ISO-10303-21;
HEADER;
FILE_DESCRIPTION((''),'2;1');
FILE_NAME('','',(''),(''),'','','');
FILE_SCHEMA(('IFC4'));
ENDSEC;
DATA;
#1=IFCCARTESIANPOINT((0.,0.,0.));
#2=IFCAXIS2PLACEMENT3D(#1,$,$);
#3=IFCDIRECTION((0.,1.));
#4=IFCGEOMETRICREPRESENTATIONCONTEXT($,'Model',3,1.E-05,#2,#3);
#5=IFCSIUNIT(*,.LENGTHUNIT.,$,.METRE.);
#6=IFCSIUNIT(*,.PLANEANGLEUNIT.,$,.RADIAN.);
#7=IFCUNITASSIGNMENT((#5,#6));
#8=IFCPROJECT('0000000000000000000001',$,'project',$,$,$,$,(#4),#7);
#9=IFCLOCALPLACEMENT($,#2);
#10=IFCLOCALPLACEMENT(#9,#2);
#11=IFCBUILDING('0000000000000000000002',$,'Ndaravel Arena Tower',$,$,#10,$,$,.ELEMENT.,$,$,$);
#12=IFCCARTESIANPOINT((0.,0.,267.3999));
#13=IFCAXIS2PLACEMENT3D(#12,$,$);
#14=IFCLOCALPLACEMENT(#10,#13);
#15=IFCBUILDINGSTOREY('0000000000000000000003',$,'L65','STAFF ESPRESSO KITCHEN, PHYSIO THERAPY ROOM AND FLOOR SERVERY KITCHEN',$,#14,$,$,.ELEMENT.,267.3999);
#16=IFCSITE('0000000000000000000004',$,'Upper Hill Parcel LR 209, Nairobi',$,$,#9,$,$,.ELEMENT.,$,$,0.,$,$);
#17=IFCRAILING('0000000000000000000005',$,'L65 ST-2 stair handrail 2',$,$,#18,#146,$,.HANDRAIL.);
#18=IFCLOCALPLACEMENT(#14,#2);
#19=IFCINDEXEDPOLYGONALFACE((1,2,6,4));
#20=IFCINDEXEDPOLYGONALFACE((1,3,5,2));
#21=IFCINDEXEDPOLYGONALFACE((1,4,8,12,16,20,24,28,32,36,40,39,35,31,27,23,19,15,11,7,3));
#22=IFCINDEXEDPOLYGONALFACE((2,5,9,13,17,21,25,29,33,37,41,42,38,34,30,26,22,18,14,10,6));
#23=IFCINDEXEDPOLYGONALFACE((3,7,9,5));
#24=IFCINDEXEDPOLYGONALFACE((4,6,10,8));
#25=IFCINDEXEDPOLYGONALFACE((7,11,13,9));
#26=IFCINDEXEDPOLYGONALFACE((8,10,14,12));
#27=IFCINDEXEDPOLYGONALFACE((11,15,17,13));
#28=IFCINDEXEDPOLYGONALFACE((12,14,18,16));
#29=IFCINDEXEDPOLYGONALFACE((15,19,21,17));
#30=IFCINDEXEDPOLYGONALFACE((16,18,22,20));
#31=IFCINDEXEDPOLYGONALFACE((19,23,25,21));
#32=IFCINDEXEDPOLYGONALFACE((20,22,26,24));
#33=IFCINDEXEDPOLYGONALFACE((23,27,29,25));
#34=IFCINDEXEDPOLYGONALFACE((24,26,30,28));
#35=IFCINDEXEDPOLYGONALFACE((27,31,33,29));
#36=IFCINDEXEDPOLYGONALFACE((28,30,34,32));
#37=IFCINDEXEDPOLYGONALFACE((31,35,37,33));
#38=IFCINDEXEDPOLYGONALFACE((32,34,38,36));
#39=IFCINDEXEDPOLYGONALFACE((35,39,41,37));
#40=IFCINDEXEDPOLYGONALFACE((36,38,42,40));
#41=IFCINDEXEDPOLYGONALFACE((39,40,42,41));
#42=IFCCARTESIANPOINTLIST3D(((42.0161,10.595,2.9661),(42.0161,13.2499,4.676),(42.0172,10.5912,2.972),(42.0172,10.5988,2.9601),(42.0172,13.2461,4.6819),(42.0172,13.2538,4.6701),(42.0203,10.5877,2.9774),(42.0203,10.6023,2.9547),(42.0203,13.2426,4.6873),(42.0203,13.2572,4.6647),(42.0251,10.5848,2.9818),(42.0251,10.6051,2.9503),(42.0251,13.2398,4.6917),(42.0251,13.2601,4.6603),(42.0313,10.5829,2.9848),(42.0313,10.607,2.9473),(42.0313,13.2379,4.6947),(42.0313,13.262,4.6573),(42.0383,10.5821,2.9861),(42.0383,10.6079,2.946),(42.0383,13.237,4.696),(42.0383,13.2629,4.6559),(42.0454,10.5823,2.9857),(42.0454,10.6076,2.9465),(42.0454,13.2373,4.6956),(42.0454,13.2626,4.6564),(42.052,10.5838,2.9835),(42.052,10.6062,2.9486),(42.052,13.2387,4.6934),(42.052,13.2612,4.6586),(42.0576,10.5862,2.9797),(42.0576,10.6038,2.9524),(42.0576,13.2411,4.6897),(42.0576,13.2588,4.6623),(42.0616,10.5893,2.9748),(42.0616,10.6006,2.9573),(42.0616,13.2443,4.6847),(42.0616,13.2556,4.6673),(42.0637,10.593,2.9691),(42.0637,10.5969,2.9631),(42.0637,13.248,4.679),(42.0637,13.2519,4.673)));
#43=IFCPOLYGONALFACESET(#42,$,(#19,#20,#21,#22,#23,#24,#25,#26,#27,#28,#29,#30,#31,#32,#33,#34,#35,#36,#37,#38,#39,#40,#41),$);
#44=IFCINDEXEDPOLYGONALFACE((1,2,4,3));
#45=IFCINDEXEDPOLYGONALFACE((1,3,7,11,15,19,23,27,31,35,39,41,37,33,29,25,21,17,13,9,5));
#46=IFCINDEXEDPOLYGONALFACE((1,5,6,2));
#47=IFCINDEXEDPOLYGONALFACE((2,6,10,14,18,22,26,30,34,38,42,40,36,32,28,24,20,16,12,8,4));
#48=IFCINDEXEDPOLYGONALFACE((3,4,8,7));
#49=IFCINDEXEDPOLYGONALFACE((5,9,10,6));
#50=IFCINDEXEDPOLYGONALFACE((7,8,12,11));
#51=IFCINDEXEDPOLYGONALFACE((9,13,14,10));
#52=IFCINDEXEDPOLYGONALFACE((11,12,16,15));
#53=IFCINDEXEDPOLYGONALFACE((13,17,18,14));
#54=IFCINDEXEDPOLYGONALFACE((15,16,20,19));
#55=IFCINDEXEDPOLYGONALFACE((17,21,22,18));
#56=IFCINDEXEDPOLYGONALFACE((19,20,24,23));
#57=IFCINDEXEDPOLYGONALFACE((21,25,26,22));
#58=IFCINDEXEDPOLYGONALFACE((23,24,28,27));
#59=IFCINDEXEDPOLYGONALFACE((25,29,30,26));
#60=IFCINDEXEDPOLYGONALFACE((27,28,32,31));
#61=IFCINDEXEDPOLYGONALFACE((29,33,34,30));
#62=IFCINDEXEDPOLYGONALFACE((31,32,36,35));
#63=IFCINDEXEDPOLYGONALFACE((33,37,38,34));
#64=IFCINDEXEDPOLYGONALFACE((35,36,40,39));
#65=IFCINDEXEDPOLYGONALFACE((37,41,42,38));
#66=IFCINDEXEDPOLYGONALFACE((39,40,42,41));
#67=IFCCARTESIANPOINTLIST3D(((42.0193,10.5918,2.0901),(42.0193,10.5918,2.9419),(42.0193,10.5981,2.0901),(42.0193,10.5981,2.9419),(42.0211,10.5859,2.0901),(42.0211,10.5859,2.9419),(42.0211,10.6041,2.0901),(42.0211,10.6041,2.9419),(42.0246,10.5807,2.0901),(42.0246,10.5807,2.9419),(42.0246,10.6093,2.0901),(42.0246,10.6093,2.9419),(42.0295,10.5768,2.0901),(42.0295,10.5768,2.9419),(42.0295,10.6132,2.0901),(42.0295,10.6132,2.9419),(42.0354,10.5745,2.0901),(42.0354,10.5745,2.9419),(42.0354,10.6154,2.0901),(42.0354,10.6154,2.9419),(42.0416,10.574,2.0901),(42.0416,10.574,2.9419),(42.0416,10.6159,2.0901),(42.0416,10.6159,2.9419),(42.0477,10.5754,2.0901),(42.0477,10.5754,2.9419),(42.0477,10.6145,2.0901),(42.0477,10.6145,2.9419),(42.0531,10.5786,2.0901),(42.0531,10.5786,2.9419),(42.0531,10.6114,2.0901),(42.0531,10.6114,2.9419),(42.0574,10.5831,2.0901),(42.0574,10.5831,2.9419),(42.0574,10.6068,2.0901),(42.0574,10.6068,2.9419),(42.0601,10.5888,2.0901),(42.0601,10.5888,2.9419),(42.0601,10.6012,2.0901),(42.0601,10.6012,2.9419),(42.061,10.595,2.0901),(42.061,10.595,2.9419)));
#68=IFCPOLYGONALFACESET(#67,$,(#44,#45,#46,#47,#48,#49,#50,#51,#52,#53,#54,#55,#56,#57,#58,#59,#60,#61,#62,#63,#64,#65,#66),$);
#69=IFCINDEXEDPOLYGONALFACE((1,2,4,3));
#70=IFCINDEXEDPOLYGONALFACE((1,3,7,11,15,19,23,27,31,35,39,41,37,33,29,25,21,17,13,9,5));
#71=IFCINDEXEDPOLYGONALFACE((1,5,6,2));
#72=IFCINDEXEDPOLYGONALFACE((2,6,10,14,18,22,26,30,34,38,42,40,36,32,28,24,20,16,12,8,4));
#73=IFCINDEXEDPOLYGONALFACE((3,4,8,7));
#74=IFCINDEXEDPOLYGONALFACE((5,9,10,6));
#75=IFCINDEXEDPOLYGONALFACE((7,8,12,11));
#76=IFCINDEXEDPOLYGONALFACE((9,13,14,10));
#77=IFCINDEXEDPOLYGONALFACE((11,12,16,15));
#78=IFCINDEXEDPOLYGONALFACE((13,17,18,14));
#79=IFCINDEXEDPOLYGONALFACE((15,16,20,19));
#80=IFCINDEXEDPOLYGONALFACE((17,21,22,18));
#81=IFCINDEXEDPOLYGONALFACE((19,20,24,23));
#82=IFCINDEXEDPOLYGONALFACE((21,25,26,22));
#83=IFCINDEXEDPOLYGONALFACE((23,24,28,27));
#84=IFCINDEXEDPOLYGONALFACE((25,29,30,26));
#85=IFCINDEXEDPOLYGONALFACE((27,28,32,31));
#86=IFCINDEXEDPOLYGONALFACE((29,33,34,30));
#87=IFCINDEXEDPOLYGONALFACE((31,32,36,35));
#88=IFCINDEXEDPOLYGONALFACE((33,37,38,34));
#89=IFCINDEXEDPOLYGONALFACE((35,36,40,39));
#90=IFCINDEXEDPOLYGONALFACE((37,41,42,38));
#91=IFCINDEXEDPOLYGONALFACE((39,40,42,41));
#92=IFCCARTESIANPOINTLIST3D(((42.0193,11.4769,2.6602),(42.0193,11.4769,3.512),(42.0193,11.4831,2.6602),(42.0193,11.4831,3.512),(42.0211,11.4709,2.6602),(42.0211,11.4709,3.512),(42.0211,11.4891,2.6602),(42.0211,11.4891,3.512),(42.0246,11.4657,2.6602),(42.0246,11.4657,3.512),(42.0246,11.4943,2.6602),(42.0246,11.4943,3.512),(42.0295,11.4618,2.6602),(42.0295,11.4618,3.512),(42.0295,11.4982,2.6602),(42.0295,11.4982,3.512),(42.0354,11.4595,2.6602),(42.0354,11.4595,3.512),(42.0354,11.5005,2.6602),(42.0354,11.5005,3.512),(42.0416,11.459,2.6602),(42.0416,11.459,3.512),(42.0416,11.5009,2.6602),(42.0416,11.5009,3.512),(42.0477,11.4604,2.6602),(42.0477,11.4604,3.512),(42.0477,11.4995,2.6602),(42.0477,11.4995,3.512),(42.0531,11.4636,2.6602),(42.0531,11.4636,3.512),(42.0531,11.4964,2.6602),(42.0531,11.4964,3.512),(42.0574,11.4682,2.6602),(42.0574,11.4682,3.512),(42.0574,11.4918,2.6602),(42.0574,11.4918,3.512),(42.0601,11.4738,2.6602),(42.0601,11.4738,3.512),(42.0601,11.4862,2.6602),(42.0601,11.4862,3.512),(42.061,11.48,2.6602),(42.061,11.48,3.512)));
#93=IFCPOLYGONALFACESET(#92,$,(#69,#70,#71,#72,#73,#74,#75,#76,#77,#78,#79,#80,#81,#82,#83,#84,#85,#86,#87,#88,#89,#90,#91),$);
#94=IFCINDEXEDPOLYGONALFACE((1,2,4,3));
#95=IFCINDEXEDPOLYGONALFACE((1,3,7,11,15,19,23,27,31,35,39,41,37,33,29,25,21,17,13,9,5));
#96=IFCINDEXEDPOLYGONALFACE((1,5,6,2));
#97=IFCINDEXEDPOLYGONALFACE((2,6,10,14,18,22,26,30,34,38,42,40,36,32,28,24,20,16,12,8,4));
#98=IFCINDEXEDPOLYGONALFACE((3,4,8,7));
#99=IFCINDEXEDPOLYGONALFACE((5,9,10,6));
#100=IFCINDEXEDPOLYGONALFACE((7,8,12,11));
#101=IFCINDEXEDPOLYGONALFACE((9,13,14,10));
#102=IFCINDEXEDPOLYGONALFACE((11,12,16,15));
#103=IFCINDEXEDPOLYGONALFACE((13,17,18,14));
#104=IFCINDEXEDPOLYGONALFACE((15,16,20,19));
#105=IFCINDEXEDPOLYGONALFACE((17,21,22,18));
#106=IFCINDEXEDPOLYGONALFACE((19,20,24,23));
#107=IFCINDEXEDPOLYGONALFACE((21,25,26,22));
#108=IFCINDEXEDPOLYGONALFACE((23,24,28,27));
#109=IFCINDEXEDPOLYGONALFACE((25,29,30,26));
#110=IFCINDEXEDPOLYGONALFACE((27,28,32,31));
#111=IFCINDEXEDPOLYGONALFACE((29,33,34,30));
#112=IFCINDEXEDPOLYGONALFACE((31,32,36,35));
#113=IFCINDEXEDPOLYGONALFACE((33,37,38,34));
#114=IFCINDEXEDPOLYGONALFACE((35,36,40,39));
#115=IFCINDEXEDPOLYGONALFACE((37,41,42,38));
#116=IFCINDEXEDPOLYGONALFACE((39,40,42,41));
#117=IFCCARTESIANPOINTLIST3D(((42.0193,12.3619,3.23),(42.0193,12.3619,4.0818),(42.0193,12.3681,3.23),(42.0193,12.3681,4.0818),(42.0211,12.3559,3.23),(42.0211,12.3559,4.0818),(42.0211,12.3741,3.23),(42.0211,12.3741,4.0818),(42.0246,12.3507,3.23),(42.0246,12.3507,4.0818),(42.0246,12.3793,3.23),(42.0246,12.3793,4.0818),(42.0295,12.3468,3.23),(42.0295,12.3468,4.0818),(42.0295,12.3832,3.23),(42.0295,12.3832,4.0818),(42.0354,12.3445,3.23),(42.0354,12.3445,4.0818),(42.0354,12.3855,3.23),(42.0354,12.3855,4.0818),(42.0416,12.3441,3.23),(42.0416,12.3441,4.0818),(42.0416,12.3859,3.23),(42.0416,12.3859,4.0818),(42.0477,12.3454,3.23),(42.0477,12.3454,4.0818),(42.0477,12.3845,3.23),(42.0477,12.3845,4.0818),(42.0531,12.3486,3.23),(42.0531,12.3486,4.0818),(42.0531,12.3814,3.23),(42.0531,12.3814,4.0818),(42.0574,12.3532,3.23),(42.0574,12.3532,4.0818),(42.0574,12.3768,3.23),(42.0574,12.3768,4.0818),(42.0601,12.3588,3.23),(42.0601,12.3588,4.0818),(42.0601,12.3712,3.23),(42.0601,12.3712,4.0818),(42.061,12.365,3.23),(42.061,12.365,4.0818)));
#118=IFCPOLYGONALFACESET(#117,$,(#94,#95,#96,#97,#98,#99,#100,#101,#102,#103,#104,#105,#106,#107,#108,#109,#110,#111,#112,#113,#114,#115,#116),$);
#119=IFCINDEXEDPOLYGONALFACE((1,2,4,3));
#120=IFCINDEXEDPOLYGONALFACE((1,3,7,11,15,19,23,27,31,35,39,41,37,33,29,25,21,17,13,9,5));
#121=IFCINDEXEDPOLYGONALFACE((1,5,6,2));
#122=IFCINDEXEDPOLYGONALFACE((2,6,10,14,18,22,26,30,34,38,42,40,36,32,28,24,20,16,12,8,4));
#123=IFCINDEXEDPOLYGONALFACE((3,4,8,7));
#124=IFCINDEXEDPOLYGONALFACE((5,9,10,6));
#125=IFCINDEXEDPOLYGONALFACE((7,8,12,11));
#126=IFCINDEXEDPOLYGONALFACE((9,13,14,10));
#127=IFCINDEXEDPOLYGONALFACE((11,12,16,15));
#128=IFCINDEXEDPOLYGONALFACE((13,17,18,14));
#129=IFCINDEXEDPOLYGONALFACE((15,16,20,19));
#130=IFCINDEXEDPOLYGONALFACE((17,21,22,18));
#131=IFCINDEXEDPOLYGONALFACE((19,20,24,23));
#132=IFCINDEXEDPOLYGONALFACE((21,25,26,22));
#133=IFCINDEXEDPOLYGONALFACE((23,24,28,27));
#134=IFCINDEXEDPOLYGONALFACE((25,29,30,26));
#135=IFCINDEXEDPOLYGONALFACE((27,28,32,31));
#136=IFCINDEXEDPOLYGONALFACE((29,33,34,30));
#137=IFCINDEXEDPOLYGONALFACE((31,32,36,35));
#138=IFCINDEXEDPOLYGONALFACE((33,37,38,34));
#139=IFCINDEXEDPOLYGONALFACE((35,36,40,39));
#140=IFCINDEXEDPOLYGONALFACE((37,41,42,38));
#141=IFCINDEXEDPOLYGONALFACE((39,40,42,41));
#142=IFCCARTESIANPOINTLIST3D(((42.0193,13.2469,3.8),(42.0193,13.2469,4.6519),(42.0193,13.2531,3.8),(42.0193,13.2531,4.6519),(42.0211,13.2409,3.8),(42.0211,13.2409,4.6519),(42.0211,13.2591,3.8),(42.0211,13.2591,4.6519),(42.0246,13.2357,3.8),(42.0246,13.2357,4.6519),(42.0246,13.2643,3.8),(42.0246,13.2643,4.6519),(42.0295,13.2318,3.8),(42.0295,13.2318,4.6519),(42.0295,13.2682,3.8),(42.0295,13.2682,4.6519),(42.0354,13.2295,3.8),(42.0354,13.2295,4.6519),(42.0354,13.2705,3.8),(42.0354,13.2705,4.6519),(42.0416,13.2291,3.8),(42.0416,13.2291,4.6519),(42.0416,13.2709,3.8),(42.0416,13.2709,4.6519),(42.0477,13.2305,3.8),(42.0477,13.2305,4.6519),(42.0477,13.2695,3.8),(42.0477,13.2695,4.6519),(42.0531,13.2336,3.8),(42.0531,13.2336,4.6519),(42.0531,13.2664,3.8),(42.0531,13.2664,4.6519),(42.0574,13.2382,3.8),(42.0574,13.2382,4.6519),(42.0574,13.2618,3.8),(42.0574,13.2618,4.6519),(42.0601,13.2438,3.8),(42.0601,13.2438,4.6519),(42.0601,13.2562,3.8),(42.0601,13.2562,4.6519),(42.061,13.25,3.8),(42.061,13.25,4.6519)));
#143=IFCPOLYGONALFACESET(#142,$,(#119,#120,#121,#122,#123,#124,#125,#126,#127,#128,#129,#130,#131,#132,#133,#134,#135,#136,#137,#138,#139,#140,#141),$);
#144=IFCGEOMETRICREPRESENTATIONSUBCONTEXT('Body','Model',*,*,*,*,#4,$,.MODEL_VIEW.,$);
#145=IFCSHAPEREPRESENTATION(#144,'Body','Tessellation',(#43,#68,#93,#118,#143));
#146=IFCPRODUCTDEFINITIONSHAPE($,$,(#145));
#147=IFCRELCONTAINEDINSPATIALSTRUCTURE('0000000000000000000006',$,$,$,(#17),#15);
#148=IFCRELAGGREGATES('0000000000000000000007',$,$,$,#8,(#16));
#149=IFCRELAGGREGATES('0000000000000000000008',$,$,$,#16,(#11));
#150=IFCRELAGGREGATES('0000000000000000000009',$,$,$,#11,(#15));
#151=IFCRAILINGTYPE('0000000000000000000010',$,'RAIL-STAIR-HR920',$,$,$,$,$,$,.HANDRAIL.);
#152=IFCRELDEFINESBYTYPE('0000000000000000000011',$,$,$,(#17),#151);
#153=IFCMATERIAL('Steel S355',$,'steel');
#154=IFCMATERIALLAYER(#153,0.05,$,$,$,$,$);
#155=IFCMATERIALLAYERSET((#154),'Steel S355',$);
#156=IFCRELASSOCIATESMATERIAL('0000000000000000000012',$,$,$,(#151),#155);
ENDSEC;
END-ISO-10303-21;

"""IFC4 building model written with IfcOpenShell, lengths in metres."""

from ifc_helpers import new_model, si_unit, direction, frame, origin, origin_2d, place, context, subcontext, project, spatial, circle, extrude, material, layer, layer_set, type_object, element, save


model = new_model("IFC4")

# Units and contexts
model_context = context("Model", 3, precision=1e-05, world=origin(), true_north=direction((0.0, 1.0)))
body_context = subcontext(model_context, "Body", "Model", "MODEL_VIEW")
ifc_project = project(units=[si_unit("LENGTHUNIT", "METRE"), si_unit("PLANEANGLEUNIT", "RADIAN")], contexts=[model_context])

# Site, building, storey
site_placement = place(None, origin())
site = spatial("IfcSite", under=ifc_project, at=site_placement, Name="Upper Hill Parcel LR 209, Nairobi", CompositionType="ELEMENT", RefElevation=0.0)
building_placement = place(site_placement, origin())
building = spatial("IfcBuilding", under=site, at=building_placement, Name="Ndaravel Arena Tower", CompositionType="ELEMENT")
storey_placement = place(building_placement, frame((0.0, 0.0, 267.3999)))
storey = spatial("IfcBuildingStorey", under=building, at=storey_placement, Name="L65", Description="STAFF ESPRESSO KITCHEN, PHYSIO THERAPY ROOM AND FLOOR SERVERY KITCHEN", CompositionType="ELEMENT", Elevation=267.3999)

# Railing
ifc_material_1 = material(Name="Steel S355", Category="steel")
ifc_layer_1 = layer(ifc_material_1, 0.05)
ifc_layer_set_1 = layer_set([ifc_layer_1], Name="Steel S355")
railing_type = type_object("IfcRailingType", Name="RAIL-STAIR-HR920", PredefinedType="HANDRAIL", material=ifc_layer_set_1)
railing_placement = place(storey_placement, frame((42.04, 10.595, 2.0901)))
element("IfcRailing", 1, at=railing_placement, inside=storey, type_object=railing_type, Name="L65 ST-2 stair handrail 2", PredefinedType="HANDRAIL", context=body_context, shape_type="SweptSolid", body=[
    extrude(circle(Radius=0.0239, at=origin_2d()), frame((0.0, 0.0, 0.876), z_axis=(0.0, 0.840724, 0.541465), x_axis=(-1.0, 0.0, 0.0)), (0.0, 0.0, 1.0), 3.158),
    extrude(circle(Radius=0.021, at=origin_2d()), origin(), (0.0, 0.0, 1.0), 0.8518),
    extrude(circle(Radius=0.021, at=origin_2d()), frame((0.0, 0.885, 0.5701)), (0.0, 0.0, 1.0), 0.8518),
    extrude(circle(Radius=0.021, at=origin_2d()), frame((0.0, 1.77, 1.1399)), (0.0, 0.0, 1.0), 0.8518),
    extrude(circle(Radius=0.021, at=origin_2d()), frame((0.0, 2.655, 1.71)), (0.0, 0.0, 1.0), 0.8518),
])

save(model, "model.ifc")
